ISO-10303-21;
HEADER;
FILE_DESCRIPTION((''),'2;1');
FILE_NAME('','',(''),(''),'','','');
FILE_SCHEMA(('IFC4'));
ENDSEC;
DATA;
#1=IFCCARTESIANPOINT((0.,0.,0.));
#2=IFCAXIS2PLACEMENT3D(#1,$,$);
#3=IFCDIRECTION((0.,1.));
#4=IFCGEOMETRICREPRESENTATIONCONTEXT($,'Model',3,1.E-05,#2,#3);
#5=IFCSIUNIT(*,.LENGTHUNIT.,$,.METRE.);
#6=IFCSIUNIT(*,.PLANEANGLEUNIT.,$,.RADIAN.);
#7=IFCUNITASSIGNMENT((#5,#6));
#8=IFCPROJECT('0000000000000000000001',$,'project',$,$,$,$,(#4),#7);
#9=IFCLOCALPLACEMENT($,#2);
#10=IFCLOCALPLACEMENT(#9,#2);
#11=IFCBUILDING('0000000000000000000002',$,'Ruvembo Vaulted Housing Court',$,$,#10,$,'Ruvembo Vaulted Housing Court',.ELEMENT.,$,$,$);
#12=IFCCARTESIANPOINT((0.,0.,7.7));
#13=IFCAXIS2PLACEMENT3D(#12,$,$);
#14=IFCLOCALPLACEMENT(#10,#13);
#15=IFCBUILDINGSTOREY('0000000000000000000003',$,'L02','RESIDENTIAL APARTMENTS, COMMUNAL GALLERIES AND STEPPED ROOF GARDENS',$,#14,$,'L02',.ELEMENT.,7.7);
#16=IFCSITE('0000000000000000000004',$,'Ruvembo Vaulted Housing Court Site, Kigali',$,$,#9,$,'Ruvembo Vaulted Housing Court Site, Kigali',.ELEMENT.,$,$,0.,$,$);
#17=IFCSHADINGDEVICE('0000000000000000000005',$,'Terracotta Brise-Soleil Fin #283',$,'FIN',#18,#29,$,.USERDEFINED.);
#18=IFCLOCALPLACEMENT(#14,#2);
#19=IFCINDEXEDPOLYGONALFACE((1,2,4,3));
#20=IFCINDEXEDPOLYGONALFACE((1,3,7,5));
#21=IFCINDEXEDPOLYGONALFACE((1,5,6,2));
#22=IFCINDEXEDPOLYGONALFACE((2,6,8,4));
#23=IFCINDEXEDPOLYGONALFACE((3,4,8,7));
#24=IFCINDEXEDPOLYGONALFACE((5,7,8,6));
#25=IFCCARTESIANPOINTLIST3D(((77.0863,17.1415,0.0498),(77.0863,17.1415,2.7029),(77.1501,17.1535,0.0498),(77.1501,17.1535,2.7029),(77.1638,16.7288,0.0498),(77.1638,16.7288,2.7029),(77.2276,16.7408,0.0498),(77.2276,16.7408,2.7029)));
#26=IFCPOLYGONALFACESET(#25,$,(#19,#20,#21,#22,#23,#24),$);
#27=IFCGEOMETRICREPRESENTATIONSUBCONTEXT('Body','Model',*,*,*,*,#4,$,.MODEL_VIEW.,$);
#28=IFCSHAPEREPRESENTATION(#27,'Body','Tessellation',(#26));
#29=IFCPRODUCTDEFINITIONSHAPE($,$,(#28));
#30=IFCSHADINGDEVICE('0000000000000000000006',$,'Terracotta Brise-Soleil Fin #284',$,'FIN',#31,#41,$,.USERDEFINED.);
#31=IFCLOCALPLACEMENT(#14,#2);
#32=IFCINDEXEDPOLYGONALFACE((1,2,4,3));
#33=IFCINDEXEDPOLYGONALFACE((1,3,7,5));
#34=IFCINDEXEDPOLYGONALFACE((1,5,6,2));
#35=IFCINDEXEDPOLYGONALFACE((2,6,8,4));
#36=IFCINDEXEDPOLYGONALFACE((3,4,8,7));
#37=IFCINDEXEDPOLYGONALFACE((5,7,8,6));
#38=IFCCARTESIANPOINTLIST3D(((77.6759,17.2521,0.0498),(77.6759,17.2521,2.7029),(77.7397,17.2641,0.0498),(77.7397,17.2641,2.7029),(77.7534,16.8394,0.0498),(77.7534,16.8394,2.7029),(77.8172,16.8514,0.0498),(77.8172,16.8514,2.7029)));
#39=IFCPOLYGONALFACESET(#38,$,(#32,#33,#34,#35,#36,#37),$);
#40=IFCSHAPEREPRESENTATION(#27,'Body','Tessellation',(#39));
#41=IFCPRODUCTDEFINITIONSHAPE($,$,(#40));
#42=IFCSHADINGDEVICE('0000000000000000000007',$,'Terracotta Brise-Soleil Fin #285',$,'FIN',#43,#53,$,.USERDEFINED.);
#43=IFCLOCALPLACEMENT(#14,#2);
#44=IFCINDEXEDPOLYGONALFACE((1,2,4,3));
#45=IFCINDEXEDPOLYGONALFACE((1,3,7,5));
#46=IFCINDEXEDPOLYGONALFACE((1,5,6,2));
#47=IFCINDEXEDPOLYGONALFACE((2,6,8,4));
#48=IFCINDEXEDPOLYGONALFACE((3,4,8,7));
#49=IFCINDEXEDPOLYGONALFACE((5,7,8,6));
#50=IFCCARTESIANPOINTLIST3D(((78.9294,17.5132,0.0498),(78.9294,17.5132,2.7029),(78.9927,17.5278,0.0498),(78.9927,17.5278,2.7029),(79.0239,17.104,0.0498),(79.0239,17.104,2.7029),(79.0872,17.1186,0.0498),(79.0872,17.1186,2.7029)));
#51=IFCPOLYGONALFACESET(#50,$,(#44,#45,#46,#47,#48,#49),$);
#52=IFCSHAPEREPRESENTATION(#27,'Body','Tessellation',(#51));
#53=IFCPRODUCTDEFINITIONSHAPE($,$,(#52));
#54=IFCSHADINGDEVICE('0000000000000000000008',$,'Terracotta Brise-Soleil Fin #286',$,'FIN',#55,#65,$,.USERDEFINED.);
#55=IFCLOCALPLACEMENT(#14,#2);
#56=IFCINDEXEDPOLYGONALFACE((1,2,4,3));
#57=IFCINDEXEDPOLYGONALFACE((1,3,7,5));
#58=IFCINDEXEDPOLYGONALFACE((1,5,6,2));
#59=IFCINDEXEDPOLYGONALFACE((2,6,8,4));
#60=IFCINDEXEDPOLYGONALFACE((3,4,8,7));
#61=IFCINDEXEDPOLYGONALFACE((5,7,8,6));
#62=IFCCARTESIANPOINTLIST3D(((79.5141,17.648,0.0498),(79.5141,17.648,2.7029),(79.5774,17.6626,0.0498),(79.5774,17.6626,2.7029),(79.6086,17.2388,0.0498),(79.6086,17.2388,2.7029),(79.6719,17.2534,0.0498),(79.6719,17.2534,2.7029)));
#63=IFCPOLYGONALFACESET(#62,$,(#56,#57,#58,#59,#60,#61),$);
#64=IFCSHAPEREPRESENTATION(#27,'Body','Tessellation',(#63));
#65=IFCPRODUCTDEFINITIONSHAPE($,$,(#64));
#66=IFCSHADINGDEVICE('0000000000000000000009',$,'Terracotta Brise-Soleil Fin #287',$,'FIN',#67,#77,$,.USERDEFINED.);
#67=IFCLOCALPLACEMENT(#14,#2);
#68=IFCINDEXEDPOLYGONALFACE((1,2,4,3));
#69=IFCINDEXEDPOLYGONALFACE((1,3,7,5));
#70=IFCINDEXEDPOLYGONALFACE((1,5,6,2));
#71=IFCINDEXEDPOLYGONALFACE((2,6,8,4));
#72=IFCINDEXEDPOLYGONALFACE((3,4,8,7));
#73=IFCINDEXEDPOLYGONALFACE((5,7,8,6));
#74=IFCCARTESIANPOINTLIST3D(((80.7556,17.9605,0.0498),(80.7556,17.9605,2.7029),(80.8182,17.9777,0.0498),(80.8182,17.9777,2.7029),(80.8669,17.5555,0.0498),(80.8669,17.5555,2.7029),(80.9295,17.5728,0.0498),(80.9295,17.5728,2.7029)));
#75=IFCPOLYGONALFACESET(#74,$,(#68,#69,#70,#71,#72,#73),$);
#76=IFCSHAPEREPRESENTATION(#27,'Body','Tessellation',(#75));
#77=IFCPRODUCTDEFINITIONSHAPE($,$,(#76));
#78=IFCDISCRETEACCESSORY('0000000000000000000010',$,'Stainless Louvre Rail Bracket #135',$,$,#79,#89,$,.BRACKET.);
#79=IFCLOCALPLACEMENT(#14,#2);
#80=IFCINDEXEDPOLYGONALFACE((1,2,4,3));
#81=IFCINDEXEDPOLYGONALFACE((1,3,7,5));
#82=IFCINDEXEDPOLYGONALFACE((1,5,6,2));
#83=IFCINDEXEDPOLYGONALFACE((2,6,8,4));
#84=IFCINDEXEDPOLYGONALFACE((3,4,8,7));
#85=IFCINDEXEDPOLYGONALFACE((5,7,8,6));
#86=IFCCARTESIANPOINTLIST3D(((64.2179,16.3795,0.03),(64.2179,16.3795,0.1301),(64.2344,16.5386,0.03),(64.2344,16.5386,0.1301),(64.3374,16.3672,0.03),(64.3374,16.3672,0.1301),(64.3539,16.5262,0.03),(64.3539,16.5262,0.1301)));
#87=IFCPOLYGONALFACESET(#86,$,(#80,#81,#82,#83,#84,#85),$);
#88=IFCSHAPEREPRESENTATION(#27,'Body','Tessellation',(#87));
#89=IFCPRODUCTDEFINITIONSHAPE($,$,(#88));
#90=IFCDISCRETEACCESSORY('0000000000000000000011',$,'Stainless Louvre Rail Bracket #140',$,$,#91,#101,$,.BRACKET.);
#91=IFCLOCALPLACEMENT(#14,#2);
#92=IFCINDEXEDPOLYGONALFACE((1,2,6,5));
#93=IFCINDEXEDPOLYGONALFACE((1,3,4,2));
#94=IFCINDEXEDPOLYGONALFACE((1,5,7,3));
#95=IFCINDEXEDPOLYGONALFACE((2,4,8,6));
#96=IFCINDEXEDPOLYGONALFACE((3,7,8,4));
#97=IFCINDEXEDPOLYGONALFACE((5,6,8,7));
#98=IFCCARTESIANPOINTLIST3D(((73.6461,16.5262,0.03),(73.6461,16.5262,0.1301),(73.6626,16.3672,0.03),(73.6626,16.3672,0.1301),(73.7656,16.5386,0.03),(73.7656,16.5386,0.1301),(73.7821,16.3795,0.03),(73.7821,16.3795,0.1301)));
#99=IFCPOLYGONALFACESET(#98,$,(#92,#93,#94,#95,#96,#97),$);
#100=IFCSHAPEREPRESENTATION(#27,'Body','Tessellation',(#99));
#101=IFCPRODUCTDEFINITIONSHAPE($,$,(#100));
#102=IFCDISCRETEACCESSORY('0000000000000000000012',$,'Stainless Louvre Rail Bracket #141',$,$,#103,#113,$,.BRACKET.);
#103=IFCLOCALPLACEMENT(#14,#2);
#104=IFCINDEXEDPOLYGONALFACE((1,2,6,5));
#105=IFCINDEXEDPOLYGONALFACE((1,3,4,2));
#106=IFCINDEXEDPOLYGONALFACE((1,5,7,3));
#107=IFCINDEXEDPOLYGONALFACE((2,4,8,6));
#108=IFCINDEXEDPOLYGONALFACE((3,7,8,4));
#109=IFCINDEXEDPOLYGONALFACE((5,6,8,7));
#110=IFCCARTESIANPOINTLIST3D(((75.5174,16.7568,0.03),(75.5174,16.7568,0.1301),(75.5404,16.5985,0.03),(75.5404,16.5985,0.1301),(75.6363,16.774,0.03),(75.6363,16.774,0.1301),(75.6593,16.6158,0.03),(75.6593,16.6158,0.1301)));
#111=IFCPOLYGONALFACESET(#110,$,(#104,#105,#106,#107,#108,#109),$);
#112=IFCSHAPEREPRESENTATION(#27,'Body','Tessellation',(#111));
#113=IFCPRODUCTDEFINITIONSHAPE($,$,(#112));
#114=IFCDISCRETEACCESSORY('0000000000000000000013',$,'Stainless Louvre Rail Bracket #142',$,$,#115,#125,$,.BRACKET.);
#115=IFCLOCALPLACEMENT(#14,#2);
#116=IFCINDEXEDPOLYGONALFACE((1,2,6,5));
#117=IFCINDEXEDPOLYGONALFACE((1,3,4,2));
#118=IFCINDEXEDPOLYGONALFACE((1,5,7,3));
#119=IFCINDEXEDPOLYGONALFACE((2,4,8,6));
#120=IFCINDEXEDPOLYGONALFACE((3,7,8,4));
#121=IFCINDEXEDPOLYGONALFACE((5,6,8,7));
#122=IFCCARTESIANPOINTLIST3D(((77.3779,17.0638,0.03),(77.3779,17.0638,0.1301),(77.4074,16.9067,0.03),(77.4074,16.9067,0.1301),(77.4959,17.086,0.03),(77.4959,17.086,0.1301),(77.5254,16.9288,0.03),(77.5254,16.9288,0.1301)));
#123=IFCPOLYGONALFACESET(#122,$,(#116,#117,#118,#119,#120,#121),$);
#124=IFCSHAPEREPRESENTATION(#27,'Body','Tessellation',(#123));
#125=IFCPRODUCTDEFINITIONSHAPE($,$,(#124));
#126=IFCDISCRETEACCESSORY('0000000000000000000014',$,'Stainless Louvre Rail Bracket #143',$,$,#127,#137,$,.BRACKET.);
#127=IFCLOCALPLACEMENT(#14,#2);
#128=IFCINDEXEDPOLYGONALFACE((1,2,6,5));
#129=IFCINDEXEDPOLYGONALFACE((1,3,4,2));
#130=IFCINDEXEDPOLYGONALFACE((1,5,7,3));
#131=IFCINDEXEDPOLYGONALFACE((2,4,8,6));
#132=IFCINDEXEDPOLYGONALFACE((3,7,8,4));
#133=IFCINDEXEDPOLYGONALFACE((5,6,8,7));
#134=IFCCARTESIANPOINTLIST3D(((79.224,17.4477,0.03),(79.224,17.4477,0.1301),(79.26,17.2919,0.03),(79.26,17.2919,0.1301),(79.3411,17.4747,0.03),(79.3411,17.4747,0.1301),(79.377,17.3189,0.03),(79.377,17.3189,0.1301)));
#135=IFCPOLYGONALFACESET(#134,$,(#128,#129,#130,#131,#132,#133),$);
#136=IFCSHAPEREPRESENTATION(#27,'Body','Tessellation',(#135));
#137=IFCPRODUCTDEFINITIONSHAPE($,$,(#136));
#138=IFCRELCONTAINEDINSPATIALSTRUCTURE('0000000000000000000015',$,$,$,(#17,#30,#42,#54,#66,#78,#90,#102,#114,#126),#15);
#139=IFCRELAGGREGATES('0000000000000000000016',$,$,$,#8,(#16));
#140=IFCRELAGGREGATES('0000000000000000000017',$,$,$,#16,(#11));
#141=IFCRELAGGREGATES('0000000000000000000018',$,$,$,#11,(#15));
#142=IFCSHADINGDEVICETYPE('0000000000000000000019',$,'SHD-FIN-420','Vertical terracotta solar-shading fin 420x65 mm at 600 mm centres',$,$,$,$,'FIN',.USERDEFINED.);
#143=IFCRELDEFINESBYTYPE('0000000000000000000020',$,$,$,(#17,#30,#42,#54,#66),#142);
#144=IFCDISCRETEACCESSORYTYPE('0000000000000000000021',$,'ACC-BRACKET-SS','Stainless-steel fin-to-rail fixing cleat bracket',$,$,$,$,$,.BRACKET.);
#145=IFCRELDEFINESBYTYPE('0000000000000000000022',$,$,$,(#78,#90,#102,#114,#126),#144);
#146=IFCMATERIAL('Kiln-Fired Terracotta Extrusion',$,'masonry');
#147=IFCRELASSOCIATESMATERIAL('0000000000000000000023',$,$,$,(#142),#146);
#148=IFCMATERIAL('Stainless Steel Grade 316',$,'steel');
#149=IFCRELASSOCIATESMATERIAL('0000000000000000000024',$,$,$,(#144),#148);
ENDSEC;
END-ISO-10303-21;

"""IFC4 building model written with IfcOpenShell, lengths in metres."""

from ifc_helpers import new_model, si_unit, direction, frame, origin, origin_2d, place, context, subcontext, project, spatial, rectangle, extrude, material, type_object, element, save


model = new_model("IFC4")

# Units and contexts
model_context = context("Model", 3, precision=1e-05, world=origin(), true_north=direction((0.0, 1.0)))
body_context = subcontext(model_context, "Body", "Model", "MODEL_VIEW")
ifc_project = project(units=[si_unit("LENGTHUNIT", "METRE"), si_unit("PLANEANGLEUNIT", "RADIAN")], contexts=[model_context])

# Site, building, storey
site_placement = place(None, origin())
site = spatial("IfcSite", under=ifc_project, at=site_placement, Name="Ruvembo Vaulted Housing Court Site, Kigali", LongName="Ruvembo Vaulted Housing Court Site, Kigali", CompositionType="ELEMENT", RefElevation=0.0)
building_placement = place(site_placement, origin())
building = spatial("IfcBuilding", under=site, at=building_placement, Name="Ruvembo Vaulted Housing Court", LongName="Ruvembo Vaulted Housing Court", CompositionType="ELEMENT")
storey_placement = place(building_placement, frame((0.0, 0.0, 7.7)))
storey = spatial("IfcBuildingStorey", under=building, at=storey_placement, Name="L02", Description="RESIDENTIAL APARTMENTS, COMMUNAL GALLERIES AND STEPPED ROOF GARDENS", LongName="L02", CompositionType="ELEMENT", Elevation=7.7)

# Shading devices
ifc_material_1 = material(Name="Kiln-Fired Terracotta Extrusion", Category="masonry")
shading_device_type = type_object("IfcShadingDeviceType", Name="SHD-FIN-420", Description="Vertical terracotta solar-shading fin 420x65 mm at 600 mm centres", ElementType="FIN", PredefinedType="USERDEFINED", material=ifc_material_1)
for number, where, z_axis, x_axis, name in (
    (1, (77.157, 16.9412, 0.0498), (0.0, 0.0, 1.0), (0.184569, -0.98282, 0.0), "Terracotta Brise-Soleil Fin #283"),
    (2, (77.7466, 17.0518, 0.0498), (0.0, 0.0, 1.0), (0.184569, -0.98282, 0.0), "Terracotta Brise-Soleil Fin #284"),
    (3, (79.0083, 17.3159, 0.0498), (0.0, 0.0, 1.0), (0.224951, -0.97437, 0.0), "Terracotta Brise-Soleil Fin #285"),
    (4, (79.593, 17.4507, 0.0498), (0.0, 0.0, 1.0), (0.224951, -0.97437, 0.0), "Terracotta Brise-Soleil Fin #286"),
    (5, (80.8425, 17.7666, 0.0498), (0.0, 0.0, 1.0), (0.264984, -0.964253, 0.0), "Terracotta Brise-Soleil Fin #287"),
):
    element("IfcShadingDevice", number, at=place(storey_placement, frame(where, z_axis=z_axis, x_axis=x_axis)), inside=storey, type_object=shading_device_type, Name=name, ObjectType="FIN", PredefinedType="USERDEFINED", context=body_context, shape_type="SweptSolid", body=[
        extrude(rectangle(XDim=0.4199, YDim=0.0649, at=origin_2d()), origin(), (0.0, 0.0, 1.0), 2.6531),
    ])

# Discrete accessories
ifc_material_2 = material(Name="Stainless Steel Grade 316", Category="steel")
discrete_accessory_type = type_object("IfcDiscreteAccessoryType", Name="ACC-BRACKET-SS", Description="Stainless-steel fin-to-rail fixing cleat bracket", PredefinedType="BRACKET", material=ifc_material_2)
for number, where, z_axis, x_axis, name in (
    (6, (64.2859, 16.4529, 0.03), (0.0, 0.0, 1.0), (-0.102949, -0.994687, 0.0), "Stainless Louvre Rail Bracket #135"),
    (7, (73.7141, 16.4529, 0.03), (0.0, 0.0, 1.0), (0.102949, -0.994687, 0.0), "Stainless Louvre Rail Bracket #140"),
    (8, (75.5884, 16.6863, 0.03), (0.0, 0.0, 1.0), (0.143873, -0.989596, 0.0), "Stainless Louvre Rail Bracket #141"),
    (9, (77.4517, 16.9963, 0.03), (0.0, 0.0, 1.0), (0.184569, -0.98282, 0.0), "Stainless Louvre Rail Bracket #142"),
    (10, (79.3005, 17.3833, 0.03), (0.0, 0.0, 1.0), (0.224951, -0.97437, 0.0), "Stainless Louvre Rail Bracket #143"),
):
    element("IfcDiscreteAccessory", number, at=place(storey_placement, frame(where, z_axis=z_axis, x_axis=x_axis)), inside=storey, type_object=discrete_accessory_type, Name=name, PredefinedType="BRACKET", context=body_context, shape_type="SweptSolid", body=[
        extrude(rectangle(XDim=0.1599, YDim=0.1201, at=origin_2d()), origin(), (0.0, 0.0, 1.0), 0.1001),
    ])

save(model, "model.ifc")
